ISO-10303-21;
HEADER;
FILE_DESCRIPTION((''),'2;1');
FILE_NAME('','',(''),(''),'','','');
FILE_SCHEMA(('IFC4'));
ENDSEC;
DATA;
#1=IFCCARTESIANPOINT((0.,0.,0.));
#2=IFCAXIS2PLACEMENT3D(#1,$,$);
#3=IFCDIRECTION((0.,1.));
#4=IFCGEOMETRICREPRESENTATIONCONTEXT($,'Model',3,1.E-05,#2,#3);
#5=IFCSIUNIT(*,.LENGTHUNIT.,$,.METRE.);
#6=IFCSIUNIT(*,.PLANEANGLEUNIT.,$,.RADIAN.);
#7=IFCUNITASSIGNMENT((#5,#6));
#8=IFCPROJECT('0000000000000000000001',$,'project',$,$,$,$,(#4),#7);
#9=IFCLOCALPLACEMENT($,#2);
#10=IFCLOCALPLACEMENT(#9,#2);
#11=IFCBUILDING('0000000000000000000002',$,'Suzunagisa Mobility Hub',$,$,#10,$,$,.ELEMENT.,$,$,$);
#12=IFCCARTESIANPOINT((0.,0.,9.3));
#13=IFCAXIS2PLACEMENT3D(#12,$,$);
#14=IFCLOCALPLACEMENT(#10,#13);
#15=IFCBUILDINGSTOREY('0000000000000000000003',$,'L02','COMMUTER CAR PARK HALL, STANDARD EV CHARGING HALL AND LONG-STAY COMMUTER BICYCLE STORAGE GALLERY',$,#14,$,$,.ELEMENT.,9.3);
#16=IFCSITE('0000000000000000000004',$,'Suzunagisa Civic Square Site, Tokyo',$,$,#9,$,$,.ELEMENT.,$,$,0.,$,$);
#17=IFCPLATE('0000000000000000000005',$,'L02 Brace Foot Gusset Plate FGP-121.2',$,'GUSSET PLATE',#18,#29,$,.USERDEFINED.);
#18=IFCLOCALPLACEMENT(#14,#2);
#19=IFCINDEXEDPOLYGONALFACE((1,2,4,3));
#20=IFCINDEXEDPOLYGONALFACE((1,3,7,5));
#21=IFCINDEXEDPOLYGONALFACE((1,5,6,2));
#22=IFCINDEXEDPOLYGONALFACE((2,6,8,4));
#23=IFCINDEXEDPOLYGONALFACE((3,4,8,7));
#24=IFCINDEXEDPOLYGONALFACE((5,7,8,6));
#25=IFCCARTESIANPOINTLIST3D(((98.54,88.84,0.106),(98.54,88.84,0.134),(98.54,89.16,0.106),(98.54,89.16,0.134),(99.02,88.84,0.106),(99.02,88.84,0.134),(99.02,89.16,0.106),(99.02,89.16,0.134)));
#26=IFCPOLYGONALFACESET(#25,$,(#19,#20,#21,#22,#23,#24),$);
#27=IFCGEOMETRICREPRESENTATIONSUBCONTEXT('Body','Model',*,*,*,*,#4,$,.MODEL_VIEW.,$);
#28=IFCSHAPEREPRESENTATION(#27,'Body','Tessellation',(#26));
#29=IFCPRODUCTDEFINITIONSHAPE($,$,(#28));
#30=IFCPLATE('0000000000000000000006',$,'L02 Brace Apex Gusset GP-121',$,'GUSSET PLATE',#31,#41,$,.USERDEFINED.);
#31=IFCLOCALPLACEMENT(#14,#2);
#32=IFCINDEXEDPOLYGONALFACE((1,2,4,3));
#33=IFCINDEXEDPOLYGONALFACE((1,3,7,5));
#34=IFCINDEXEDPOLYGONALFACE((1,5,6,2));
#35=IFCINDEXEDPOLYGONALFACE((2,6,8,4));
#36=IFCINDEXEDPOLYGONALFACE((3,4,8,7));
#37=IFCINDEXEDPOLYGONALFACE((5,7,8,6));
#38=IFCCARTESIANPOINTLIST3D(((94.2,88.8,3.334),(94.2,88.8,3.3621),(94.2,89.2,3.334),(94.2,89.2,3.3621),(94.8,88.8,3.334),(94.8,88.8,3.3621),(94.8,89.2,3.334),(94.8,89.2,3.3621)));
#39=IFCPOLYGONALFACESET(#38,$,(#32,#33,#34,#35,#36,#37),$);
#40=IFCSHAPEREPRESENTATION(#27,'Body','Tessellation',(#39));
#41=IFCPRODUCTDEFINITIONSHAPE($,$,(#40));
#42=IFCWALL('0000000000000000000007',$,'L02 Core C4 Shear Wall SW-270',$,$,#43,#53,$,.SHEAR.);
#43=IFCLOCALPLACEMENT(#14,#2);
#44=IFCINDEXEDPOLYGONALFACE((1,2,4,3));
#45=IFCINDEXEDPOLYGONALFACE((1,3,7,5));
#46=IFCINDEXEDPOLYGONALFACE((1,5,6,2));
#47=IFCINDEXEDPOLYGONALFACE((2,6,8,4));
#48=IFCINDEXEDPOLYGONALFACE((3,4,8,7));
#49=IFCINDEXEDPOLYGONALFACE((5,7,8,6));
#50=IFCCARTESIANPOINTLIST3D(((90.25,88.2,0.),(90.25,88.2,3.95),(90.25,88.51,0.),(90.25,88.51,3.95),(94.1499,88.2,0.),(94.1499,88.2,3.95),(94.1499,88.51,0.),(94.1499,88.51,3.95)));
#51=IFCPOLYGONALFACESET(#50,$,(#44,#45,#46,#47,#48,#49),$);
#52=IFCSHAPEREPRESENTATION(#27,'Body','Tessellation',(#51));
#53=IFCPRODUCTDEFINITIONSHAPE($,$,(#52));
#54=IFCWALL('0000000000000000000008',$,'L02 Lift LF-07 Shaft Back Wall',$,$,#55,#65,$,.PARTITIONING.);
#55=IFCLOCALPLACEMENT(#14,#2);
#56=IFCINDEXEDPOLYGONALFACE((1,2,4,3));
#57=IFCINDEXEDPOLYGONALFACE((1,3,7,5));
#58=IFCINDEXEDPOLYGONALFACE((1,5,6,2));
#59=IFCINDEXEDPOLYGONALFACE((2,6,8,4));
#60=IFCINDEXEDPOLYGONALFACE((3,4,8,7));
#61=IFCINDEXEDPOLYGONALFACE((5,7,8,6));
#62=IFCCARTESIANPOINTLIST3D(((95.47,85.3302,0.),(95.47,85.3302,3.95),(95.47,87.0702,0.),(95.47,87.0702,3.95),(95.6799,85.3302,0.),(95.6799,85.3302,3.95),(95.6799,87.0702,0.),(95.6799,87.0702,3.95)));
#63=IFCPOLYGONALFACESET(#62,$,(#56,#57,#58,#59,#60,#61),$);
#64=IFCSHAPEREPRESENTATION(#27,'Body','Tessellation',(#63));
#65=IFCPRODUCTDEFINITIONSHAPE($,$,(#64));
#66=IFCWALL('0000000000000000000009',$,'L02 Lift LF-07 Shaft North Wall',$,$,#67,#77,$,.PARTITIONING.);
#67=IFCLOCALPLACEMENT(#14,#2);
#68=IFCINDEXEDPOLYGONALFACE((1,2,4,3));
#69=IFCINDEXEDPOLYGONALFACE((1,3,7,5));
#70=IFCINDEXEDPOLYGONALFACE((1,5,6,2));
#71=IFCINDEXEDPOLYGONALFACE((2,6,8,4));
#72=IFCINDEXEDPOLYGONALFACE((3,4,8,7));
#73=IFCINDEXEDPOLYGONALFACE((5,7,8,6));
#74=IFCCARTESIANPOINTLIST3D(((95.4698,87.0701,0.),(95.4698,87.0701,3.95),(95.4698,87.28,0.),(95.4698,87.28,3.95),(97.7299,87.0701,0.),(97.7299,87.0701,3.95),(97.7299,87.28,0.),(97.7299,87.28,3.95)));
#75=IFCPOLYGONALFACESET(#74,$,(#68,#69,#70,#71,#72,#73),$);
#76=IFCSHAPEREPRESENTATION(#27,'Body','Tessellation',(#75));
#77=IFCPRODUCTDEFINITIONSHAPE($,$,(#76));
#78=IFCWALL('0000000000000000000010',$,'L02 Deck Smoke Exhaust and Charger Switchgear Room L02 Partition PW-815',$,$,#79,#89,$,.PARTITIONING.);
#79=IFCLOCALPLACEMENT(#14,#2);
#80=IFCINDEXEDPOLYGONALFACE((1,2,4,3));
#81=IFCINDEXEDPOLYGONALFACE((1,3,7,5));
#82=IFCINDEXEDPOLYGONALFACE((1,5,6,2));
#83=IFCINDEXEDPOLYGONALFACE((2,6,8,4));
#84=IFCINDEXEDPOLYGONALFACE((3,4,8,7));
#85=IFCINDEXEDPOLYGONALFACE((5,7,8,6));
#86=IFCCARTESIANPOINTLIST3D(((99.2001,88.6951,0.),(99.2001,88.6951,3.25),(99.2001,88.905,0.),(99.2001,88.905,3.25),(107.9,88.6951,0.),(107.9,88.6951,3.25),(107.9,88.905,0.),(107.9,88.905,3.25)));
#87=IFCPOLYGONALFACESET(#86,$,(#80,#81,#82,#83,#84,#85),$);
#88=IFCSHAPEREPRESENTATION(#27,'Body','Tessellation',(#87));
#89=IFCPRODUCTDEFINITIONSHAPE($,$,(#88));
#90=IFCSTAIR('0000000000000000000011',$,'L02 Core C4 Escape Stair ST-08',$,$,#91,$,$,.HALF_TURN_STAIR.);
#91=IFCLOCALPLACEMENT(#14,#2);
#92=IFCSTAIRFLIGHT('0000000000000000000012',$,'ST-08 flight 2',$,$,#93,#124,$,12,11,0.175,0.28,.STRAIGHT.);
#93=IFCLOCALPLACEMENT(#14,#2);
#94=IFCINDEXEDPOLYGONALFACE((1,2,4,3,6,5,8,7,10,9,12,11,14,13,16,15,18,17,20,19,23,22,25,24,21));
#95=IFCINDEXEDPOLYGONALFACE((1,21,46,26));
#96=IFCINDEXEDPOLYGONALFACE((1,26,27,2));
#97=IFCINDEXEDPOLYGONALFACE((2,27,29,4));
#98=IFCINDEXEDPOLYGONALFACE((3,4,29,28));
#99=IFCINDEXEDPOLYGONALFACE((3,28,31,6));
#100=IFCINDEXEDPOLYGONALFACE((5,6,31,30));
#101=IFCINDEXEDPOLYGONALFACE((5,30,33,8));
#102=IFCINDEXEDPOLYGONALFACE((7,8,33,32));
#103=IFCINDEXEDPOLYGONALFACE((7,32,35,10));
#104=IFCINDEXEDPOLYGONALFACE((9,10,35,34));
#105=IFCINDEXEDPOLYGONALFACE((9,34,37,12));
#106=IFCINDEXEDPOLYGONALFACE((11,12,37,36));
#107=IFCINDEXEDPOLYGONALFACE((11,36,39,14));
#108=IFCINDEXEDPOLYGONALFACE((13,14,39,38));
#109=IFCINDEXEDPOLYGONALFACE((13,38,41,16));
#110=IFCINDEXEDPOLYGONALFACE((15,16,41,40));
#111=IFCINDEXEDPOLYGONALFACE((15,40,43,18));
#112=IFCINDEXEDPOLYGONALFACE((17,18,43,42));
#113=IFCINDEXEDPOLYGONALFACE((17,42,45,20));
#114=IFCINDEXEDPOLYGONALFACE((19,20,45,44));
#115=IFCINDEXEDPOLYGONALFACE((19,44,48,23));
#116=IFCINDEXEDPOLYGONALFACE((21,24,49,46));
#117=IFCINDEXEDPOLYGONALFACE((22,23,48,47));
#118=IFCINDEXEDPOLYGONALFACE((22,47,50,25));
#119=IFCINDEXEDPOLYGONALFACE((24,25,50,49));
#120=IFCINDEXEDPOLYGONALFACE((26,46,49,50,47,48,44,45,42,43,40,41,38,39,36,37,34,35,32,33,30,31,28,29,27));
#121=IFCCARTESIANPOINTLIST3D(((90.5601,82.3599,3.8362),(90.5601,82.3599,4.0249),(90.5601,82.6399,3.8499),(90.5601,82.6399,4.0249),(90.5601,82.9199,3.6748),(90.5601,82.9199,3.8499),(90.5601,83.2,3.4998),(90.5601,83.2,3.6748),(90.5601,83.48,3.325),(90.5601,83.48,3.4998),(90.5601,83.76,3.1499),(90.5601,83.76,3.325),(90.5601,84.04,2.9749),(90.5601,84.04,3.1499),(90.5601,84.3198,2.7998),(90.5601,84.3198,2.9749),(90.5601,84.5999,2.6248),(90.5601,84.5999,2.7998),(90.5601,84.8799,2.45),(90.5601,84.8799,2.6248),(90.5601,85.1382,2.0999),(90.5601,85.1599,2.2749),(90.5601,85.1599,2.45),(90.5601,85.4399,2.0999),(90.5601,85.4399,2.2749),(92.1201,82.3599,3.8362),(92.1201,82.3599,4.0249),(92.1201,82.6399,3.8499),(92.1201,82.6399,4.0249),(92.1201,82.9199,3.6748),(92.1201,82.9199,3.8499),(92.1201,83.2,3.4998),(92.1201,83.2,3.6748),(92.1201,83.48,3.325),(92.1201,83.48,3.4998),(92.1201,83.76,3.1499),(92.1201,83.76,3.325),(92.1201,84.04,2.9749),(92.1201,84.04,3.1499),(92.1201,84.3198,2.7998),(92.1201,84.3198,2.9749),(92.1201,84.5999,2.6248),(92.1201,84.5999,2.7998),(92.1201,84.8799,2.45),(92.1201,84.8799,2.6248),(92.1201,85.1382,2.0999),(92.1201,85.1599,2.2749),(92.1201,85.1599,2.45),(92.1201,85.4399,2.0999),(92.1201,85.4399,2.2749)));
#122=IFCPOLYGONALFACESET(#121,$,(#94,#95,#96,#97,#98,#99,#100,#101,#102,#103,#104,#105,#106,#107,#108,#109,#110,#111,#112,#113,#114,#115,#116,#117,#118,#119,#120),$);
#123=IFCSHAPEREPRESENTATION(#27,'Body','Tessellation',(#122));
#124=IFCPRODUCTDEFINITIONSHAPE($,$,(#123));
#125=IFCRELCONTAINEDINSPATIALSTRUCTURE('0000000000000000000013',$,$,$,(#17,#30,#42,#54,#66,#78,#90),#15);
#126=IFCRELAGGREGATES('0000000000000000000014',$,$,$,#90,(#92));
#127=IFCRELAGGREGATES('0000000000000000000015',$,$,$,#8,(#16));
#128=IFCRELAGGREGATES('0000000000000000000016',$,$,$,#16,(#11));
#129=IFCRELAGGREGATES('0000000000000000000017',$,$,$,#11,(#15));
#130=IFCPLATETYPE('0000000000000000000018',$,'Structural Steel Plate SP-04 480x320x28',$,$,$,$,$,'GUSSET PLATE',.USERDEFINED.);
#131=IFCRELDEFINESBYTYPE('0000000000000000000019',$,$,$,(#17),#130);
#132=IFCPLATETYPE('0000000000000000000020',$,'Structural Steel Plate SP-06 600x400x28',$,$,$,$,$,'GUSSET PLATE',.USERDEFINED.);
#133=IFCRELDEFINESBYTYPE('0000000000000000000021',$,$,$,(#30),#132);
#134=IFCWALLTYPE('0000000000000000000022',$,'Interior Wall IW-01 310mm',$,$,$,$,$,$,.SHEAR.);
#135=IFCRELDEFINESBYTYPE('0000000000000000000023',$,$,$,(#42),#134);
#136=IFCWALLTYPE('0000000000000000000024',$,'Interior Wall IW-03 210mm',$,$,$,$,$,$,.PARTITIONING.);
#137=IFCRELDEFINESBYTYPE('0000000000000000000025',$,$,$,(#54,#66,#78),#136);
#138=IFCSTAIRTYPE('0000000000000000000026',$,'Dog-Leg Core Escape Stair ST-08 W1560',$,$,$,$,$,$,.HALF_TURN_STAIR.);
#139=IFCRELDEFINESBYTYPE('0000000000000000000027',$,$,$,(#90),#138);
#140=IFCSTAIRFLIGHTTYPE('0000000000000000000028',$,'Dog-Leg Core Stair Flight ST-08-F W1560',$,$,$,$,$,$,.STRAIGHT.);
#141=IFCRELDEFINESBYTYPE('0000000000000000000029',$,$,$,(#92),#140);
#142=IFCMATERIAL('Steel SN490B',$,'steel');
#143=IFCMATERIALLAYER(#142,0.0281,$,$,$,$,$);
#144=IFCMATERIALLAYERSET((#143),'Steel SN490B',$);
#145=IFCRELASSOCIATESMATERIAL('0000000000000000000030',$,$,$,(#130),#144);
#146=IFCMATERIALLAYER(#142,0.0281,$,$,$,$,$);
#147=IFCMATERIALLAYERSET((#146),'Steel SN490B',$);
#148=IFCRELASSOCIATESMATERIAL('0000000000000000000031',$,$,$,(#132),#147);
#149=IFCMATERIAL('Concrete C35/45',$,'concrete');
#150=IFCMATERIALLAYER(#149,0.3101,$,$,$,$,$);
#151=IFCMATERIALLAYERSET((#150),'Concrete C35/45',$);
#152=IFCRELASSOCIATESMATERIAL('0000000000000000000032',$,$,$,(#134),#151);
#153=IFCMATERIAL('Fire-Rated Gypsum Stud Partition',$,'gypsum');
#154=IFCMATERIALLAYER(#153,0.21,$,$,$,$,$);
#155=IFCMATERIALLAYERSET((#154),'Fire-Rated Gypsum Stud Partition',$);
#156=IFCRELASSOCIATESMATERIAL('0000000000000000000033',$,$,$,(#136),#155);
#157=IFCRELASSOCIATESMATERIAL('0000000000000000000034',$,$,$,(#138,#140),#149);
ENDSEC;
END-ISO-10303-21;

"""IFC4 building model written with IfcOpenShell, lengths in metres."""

from ifc_helpers import new_model, si_unit, direction, frame, frame_2d, origin, origin_2d, place, context, subcontext, project, spatial, polyline, rectangle, outline, extrude, material, layer, layer_set, type_object, element, aggregate, save


model = new_model("IFC4")

# Units and contexts
model_context = context("Model", 3, precision=1e-05, world=origin(), true_north=direction((0.0, 1.0)))
body_context = subcontext(model_context, "Body", "Model", "MODEL_VIEW")
ifc_project = project(units=[si_unit("LENGTHUNIT", "METRE"), si_unit("PLANEANGLEUNIT", "RADIAN")], contexts=[model_context])

# Site, building, storey
site_placement = place(None, origin())
site = spatial("IfcSite", under=ifc_project, at=site_placement, Name="Suzunagisa Civic Square Site, Tokyo", CompositionType="ELEMENT", RefElevation=0.0)
building_placement = place(site_placement, origin())
building = spatial("IfcBuilding", under=site, at=building_placement, Name="Suzunagisa Mobility Hub", CompositionType="ELEMENT")
storey_placement = place(building_placement, frame((0.0, 0.0, 9.3)))
storey = spatial("IfcBuildingStorey", under=building, at=storey_placement, Name="L02", Description="COMMUTER CAR PARK HALL, STANDARD EV CHARGING HALL AND LONG-STAY COMMUTER BICYCLE STORAGE GALLERY", CompositionType="ELEMENT", Elevation=9.3)

# Shared definitions
ifc_material_1 = material(Name="Steel SN490B", Category="steel")

# Plates
ifc_layer_1 = layer(ifc_material_1, 0.0281)
ifc_layer_set_1 = layer_set([ifc_layer_1], Name="Steel SN490B")
plate_type_1 = type_object("IfcPlateType", Name="Structural Steel Plate SP-04 480x320x28", ElementType="GUSSET PLATE", PredefinedType="USERDEFINED", material=ifc_layer_set_1)
for number, where, z_axis, x_axis, name in (
    (1, (98.78, 89.0, 0.106), (0.0, 0.0, 1.0), (1.0, 0.0, 0.0), "L02 Brace Foot Gusset Plate FGP-121.2"),
):
    element("IfcPlate", number, at=place(storey_placement, frame(where, z_axis=z_axis, x_axis=x_axis)), inside=storey, type_object=plate_type_1, Name=name, ObjectType="GUSSET PLATE", PredefinedType="USERDEFINED", context=body_context, shape_type="SweptSolid", body=[
        extrude(rectangle(XDim=0.48, YDim=0.3201, at=origin_2d()), origin(), (0.0, 0.0, 1.0), 0.0281),
    ])
ifc_layer_2 = layer(ifc_material_1, 0.0281)
ifc_layer_set_2 = layer_set([ifc_layer_2], Name="Steel SN490B")
plate_type_2 = type_object("IfcPlateType", Name="Structural Steel Plate SP-06 600x400x28", ElementType="GUSSET PLATE", PredefinedType="USERDEFINED", material=ifc_layer_set_2)
plate_placement = place(storey_placement, frame((94.5, 89.0, 3.334), z_axis=(0.0, 0.0, 1.0), x_axis=(1.0, 0.0, 0.0)))
element("IfcPlate", 2, at=plate_placement, inside=storey, type_object=plate_type_2, Name="L02 Brace Apex Gusset GP-121", ObjectType="GUSSET PLATE", PredefinedType="USERDEFINED", context=body_context, shape_type="SweptSolid", body=[
    extrude(rectangle(XDim=0.6001, YDim=0.3999, at=origin_2d()), origin(), (0.0, 0.0, 1.0), 0.0281),
])

# Wall
ifc_material_2 = material(Name="Concrete C35/45", Category="concrete")
ifc_layer_3 = layer(ifc_material_2, 0.3101)
ifc_layer_set_3 = layer_set([ifc_layer_3], Name="Concrete C35/45")
wall_type_1 = type_object("IfcWallType", Name="Interior Wall IW-01 310mm", PredefinedType="SHEAR", material=ifc_layer_set_3)
wall_1_placement = place(storey_placement, frame((90.25, 88.355, 0.0), z_axis=(0.0, 0.0, 1.0), x_axis=(1.0, 0.0, 0.0)))
element("IfcWall", 3, at=wall_1_placement, inside=storey, type_object=wall_type_1, Name="L02 Core C4 Shear Wall SW-270", PredefinedType="SHEAR", context=body_context, shape_type="SweptSolid", body=[
    extrude(rectangle(XDim=3.8999, YDim=0.3101, at=frame_2d((1.95, 0.0))), origin(), (0.0, 0.0, 1.0), 3.95),
])

# Shared definitions
ifc_material_3 = material(Name="Fire-Rated Gypsum Stud Partition", Category="gypsum")
ifc_layer_4 = layer(ifc_material_3, 0.21)
ifc_layer_set_4 = layer_set([ifc_layer_4], Name="Fire-Rated Gypsum Stud Partition")
wall_type_2 = type_object("IfcWallType", Name="Interior Wall IW-03 210mm", PredefinedType="PARTITIONING", material=ifc_layer_set_4)

# Walls
wall_2_placement = place(storey_placement, frame((95.575, 85.3301, 0.0), z_axis=(0.0, 0.0, 1.0), x_axis=(0.0, 1.0, 0.0)))
element("IfcWall", 4, at=wall_2_placement, inside=storey, type_object=wall_type_2, Name="L02 Lift LF-07 Shaft Back Wall", PredefinedType="PARTITIONING", context=body_context, shape_type="SweptSolid", body=[
    extrude(rectangle(XDim=1.74, YDim=0.21, at=frame_2d((0.8701, 0.0))), origin(), (0.0, 0.0, 1.0), 3.95),
])
wall_3_placement = place(storey_placement, frame((95.47, 87.175, 0.0), z_axis=(0.0, 0.0, 1.0), x_axis=(1.0, 0.0, 0.0)))
element("IfcWall", 5, at=wall_3_placement, inside=storey, type_object=wall_type_2, Name="L02 Lift LF-07 Shaft North Wall", PredefinedType="PARTITIONING", context=body_context, shape_type="SweptSolid", body=[
    extrude(rectangle(XDim=2.26, YDim=0.21, at=frame_2d((1.1299, 0.0))), origin(), (0.0, 0.0, 1.0), 3.95),
])
wall_4_placement = place(storey_placement, frame((99.2, 88.8, 0.0), z_axis=(0.0, 0.0, 1.0), x_axis=(1.0, 0.0, 0.0)))
element("IfcWall", 6, at=wall_4_placement, inside=storey, type_object=wall_type_2, Name="L02 Deck Smoke Exhaust and Charger Switchgear Room L02 Partition PW-815", PredefinedType="PARTITIONING", context=body_context, shape_type="SweptSolid", body=[
    extrude(rectangle(XDim=8.7, YDim=0.21, at=frame_2d((4.3501, 0.0))), origin(), (0.0, 0.0, 1.0), 3.25),
])

# Stair, stair flight
stair_type = type_object("IfcStairType", Name="Dog-Leg Core Escape Stair ST-08 W1560", PredefinedType="HALF_TURN_STAIR", material=ifc_material_2)
stair_placement = place(storey_placement, origin())
stair = element("IfcStair", 7, at=stair_placement, inside=storey, type_object=stair_type, Name="L02 Core C4 Escape Stair ST-08", PredefinedType="HALF_TURN_STAIR")
stair_flight_type = type_object("IfcStairFlightType", Name="Dog-Leg Core Stair Flight ST-08-F W1560", PredefinedType="STRAIGHT", material=ifc_material_2)
stair_flight_placement = place(storey_placement, frame((91.3401, 85.4399, 2.0999), z_axis=(0.0, 0.0, 1.0), x_axis=(0.0, -1.0, 0.0)))
stair_flight = element("IfcStairFlight", 8, at=stair_flight_placement, type_object=stair_flight_type, Name="ST-08 flight 2", NumberOfRisers=12, NumberOfTreads=11, PredefinedType="STRAIGHT", RiserHeight=0.175, TreadLength=0.28, context=body_context, shape_type="SweptSolid", body=[
    extrude(outline(polyline([(0.0, 0.0), (0.0, 0.175), (0.28, 0.175), (0.28, 0.3501), (0.5601, 0.3501), (0.5601, 0.5249), (0.8401, 0.5249), (0.8401, 0.7), (1.1201, 0.7), (1.1201, 0.875), (1.3999, 0.875), (1.3999, 1.05), (1.6799, 1.05), (1.6799, 1.2251), (1.96, 1.2251), (1.96, 1.3999), (2.24, 1.3999), (2.24, 1.575), (2.52, 1.575), (2.52, 1.75), (2.8, 1.75), (2.8, 1.925), (3.0801, 1.925), (3.0801, 2.1001), (3.0801, 1.7363), (0.3018, 0.0), (0.0, 0.0)])), frame((0.0, 0.78, 0.0), z_axis=(0.0, -1.0, 0.0), x_axis=(1.0, 0.0, 0.0)), (0.0, 0.0, 1.0), 1.5601),
])
aggregate(stair, [stair_flight])

save(model, "model.ifc")
